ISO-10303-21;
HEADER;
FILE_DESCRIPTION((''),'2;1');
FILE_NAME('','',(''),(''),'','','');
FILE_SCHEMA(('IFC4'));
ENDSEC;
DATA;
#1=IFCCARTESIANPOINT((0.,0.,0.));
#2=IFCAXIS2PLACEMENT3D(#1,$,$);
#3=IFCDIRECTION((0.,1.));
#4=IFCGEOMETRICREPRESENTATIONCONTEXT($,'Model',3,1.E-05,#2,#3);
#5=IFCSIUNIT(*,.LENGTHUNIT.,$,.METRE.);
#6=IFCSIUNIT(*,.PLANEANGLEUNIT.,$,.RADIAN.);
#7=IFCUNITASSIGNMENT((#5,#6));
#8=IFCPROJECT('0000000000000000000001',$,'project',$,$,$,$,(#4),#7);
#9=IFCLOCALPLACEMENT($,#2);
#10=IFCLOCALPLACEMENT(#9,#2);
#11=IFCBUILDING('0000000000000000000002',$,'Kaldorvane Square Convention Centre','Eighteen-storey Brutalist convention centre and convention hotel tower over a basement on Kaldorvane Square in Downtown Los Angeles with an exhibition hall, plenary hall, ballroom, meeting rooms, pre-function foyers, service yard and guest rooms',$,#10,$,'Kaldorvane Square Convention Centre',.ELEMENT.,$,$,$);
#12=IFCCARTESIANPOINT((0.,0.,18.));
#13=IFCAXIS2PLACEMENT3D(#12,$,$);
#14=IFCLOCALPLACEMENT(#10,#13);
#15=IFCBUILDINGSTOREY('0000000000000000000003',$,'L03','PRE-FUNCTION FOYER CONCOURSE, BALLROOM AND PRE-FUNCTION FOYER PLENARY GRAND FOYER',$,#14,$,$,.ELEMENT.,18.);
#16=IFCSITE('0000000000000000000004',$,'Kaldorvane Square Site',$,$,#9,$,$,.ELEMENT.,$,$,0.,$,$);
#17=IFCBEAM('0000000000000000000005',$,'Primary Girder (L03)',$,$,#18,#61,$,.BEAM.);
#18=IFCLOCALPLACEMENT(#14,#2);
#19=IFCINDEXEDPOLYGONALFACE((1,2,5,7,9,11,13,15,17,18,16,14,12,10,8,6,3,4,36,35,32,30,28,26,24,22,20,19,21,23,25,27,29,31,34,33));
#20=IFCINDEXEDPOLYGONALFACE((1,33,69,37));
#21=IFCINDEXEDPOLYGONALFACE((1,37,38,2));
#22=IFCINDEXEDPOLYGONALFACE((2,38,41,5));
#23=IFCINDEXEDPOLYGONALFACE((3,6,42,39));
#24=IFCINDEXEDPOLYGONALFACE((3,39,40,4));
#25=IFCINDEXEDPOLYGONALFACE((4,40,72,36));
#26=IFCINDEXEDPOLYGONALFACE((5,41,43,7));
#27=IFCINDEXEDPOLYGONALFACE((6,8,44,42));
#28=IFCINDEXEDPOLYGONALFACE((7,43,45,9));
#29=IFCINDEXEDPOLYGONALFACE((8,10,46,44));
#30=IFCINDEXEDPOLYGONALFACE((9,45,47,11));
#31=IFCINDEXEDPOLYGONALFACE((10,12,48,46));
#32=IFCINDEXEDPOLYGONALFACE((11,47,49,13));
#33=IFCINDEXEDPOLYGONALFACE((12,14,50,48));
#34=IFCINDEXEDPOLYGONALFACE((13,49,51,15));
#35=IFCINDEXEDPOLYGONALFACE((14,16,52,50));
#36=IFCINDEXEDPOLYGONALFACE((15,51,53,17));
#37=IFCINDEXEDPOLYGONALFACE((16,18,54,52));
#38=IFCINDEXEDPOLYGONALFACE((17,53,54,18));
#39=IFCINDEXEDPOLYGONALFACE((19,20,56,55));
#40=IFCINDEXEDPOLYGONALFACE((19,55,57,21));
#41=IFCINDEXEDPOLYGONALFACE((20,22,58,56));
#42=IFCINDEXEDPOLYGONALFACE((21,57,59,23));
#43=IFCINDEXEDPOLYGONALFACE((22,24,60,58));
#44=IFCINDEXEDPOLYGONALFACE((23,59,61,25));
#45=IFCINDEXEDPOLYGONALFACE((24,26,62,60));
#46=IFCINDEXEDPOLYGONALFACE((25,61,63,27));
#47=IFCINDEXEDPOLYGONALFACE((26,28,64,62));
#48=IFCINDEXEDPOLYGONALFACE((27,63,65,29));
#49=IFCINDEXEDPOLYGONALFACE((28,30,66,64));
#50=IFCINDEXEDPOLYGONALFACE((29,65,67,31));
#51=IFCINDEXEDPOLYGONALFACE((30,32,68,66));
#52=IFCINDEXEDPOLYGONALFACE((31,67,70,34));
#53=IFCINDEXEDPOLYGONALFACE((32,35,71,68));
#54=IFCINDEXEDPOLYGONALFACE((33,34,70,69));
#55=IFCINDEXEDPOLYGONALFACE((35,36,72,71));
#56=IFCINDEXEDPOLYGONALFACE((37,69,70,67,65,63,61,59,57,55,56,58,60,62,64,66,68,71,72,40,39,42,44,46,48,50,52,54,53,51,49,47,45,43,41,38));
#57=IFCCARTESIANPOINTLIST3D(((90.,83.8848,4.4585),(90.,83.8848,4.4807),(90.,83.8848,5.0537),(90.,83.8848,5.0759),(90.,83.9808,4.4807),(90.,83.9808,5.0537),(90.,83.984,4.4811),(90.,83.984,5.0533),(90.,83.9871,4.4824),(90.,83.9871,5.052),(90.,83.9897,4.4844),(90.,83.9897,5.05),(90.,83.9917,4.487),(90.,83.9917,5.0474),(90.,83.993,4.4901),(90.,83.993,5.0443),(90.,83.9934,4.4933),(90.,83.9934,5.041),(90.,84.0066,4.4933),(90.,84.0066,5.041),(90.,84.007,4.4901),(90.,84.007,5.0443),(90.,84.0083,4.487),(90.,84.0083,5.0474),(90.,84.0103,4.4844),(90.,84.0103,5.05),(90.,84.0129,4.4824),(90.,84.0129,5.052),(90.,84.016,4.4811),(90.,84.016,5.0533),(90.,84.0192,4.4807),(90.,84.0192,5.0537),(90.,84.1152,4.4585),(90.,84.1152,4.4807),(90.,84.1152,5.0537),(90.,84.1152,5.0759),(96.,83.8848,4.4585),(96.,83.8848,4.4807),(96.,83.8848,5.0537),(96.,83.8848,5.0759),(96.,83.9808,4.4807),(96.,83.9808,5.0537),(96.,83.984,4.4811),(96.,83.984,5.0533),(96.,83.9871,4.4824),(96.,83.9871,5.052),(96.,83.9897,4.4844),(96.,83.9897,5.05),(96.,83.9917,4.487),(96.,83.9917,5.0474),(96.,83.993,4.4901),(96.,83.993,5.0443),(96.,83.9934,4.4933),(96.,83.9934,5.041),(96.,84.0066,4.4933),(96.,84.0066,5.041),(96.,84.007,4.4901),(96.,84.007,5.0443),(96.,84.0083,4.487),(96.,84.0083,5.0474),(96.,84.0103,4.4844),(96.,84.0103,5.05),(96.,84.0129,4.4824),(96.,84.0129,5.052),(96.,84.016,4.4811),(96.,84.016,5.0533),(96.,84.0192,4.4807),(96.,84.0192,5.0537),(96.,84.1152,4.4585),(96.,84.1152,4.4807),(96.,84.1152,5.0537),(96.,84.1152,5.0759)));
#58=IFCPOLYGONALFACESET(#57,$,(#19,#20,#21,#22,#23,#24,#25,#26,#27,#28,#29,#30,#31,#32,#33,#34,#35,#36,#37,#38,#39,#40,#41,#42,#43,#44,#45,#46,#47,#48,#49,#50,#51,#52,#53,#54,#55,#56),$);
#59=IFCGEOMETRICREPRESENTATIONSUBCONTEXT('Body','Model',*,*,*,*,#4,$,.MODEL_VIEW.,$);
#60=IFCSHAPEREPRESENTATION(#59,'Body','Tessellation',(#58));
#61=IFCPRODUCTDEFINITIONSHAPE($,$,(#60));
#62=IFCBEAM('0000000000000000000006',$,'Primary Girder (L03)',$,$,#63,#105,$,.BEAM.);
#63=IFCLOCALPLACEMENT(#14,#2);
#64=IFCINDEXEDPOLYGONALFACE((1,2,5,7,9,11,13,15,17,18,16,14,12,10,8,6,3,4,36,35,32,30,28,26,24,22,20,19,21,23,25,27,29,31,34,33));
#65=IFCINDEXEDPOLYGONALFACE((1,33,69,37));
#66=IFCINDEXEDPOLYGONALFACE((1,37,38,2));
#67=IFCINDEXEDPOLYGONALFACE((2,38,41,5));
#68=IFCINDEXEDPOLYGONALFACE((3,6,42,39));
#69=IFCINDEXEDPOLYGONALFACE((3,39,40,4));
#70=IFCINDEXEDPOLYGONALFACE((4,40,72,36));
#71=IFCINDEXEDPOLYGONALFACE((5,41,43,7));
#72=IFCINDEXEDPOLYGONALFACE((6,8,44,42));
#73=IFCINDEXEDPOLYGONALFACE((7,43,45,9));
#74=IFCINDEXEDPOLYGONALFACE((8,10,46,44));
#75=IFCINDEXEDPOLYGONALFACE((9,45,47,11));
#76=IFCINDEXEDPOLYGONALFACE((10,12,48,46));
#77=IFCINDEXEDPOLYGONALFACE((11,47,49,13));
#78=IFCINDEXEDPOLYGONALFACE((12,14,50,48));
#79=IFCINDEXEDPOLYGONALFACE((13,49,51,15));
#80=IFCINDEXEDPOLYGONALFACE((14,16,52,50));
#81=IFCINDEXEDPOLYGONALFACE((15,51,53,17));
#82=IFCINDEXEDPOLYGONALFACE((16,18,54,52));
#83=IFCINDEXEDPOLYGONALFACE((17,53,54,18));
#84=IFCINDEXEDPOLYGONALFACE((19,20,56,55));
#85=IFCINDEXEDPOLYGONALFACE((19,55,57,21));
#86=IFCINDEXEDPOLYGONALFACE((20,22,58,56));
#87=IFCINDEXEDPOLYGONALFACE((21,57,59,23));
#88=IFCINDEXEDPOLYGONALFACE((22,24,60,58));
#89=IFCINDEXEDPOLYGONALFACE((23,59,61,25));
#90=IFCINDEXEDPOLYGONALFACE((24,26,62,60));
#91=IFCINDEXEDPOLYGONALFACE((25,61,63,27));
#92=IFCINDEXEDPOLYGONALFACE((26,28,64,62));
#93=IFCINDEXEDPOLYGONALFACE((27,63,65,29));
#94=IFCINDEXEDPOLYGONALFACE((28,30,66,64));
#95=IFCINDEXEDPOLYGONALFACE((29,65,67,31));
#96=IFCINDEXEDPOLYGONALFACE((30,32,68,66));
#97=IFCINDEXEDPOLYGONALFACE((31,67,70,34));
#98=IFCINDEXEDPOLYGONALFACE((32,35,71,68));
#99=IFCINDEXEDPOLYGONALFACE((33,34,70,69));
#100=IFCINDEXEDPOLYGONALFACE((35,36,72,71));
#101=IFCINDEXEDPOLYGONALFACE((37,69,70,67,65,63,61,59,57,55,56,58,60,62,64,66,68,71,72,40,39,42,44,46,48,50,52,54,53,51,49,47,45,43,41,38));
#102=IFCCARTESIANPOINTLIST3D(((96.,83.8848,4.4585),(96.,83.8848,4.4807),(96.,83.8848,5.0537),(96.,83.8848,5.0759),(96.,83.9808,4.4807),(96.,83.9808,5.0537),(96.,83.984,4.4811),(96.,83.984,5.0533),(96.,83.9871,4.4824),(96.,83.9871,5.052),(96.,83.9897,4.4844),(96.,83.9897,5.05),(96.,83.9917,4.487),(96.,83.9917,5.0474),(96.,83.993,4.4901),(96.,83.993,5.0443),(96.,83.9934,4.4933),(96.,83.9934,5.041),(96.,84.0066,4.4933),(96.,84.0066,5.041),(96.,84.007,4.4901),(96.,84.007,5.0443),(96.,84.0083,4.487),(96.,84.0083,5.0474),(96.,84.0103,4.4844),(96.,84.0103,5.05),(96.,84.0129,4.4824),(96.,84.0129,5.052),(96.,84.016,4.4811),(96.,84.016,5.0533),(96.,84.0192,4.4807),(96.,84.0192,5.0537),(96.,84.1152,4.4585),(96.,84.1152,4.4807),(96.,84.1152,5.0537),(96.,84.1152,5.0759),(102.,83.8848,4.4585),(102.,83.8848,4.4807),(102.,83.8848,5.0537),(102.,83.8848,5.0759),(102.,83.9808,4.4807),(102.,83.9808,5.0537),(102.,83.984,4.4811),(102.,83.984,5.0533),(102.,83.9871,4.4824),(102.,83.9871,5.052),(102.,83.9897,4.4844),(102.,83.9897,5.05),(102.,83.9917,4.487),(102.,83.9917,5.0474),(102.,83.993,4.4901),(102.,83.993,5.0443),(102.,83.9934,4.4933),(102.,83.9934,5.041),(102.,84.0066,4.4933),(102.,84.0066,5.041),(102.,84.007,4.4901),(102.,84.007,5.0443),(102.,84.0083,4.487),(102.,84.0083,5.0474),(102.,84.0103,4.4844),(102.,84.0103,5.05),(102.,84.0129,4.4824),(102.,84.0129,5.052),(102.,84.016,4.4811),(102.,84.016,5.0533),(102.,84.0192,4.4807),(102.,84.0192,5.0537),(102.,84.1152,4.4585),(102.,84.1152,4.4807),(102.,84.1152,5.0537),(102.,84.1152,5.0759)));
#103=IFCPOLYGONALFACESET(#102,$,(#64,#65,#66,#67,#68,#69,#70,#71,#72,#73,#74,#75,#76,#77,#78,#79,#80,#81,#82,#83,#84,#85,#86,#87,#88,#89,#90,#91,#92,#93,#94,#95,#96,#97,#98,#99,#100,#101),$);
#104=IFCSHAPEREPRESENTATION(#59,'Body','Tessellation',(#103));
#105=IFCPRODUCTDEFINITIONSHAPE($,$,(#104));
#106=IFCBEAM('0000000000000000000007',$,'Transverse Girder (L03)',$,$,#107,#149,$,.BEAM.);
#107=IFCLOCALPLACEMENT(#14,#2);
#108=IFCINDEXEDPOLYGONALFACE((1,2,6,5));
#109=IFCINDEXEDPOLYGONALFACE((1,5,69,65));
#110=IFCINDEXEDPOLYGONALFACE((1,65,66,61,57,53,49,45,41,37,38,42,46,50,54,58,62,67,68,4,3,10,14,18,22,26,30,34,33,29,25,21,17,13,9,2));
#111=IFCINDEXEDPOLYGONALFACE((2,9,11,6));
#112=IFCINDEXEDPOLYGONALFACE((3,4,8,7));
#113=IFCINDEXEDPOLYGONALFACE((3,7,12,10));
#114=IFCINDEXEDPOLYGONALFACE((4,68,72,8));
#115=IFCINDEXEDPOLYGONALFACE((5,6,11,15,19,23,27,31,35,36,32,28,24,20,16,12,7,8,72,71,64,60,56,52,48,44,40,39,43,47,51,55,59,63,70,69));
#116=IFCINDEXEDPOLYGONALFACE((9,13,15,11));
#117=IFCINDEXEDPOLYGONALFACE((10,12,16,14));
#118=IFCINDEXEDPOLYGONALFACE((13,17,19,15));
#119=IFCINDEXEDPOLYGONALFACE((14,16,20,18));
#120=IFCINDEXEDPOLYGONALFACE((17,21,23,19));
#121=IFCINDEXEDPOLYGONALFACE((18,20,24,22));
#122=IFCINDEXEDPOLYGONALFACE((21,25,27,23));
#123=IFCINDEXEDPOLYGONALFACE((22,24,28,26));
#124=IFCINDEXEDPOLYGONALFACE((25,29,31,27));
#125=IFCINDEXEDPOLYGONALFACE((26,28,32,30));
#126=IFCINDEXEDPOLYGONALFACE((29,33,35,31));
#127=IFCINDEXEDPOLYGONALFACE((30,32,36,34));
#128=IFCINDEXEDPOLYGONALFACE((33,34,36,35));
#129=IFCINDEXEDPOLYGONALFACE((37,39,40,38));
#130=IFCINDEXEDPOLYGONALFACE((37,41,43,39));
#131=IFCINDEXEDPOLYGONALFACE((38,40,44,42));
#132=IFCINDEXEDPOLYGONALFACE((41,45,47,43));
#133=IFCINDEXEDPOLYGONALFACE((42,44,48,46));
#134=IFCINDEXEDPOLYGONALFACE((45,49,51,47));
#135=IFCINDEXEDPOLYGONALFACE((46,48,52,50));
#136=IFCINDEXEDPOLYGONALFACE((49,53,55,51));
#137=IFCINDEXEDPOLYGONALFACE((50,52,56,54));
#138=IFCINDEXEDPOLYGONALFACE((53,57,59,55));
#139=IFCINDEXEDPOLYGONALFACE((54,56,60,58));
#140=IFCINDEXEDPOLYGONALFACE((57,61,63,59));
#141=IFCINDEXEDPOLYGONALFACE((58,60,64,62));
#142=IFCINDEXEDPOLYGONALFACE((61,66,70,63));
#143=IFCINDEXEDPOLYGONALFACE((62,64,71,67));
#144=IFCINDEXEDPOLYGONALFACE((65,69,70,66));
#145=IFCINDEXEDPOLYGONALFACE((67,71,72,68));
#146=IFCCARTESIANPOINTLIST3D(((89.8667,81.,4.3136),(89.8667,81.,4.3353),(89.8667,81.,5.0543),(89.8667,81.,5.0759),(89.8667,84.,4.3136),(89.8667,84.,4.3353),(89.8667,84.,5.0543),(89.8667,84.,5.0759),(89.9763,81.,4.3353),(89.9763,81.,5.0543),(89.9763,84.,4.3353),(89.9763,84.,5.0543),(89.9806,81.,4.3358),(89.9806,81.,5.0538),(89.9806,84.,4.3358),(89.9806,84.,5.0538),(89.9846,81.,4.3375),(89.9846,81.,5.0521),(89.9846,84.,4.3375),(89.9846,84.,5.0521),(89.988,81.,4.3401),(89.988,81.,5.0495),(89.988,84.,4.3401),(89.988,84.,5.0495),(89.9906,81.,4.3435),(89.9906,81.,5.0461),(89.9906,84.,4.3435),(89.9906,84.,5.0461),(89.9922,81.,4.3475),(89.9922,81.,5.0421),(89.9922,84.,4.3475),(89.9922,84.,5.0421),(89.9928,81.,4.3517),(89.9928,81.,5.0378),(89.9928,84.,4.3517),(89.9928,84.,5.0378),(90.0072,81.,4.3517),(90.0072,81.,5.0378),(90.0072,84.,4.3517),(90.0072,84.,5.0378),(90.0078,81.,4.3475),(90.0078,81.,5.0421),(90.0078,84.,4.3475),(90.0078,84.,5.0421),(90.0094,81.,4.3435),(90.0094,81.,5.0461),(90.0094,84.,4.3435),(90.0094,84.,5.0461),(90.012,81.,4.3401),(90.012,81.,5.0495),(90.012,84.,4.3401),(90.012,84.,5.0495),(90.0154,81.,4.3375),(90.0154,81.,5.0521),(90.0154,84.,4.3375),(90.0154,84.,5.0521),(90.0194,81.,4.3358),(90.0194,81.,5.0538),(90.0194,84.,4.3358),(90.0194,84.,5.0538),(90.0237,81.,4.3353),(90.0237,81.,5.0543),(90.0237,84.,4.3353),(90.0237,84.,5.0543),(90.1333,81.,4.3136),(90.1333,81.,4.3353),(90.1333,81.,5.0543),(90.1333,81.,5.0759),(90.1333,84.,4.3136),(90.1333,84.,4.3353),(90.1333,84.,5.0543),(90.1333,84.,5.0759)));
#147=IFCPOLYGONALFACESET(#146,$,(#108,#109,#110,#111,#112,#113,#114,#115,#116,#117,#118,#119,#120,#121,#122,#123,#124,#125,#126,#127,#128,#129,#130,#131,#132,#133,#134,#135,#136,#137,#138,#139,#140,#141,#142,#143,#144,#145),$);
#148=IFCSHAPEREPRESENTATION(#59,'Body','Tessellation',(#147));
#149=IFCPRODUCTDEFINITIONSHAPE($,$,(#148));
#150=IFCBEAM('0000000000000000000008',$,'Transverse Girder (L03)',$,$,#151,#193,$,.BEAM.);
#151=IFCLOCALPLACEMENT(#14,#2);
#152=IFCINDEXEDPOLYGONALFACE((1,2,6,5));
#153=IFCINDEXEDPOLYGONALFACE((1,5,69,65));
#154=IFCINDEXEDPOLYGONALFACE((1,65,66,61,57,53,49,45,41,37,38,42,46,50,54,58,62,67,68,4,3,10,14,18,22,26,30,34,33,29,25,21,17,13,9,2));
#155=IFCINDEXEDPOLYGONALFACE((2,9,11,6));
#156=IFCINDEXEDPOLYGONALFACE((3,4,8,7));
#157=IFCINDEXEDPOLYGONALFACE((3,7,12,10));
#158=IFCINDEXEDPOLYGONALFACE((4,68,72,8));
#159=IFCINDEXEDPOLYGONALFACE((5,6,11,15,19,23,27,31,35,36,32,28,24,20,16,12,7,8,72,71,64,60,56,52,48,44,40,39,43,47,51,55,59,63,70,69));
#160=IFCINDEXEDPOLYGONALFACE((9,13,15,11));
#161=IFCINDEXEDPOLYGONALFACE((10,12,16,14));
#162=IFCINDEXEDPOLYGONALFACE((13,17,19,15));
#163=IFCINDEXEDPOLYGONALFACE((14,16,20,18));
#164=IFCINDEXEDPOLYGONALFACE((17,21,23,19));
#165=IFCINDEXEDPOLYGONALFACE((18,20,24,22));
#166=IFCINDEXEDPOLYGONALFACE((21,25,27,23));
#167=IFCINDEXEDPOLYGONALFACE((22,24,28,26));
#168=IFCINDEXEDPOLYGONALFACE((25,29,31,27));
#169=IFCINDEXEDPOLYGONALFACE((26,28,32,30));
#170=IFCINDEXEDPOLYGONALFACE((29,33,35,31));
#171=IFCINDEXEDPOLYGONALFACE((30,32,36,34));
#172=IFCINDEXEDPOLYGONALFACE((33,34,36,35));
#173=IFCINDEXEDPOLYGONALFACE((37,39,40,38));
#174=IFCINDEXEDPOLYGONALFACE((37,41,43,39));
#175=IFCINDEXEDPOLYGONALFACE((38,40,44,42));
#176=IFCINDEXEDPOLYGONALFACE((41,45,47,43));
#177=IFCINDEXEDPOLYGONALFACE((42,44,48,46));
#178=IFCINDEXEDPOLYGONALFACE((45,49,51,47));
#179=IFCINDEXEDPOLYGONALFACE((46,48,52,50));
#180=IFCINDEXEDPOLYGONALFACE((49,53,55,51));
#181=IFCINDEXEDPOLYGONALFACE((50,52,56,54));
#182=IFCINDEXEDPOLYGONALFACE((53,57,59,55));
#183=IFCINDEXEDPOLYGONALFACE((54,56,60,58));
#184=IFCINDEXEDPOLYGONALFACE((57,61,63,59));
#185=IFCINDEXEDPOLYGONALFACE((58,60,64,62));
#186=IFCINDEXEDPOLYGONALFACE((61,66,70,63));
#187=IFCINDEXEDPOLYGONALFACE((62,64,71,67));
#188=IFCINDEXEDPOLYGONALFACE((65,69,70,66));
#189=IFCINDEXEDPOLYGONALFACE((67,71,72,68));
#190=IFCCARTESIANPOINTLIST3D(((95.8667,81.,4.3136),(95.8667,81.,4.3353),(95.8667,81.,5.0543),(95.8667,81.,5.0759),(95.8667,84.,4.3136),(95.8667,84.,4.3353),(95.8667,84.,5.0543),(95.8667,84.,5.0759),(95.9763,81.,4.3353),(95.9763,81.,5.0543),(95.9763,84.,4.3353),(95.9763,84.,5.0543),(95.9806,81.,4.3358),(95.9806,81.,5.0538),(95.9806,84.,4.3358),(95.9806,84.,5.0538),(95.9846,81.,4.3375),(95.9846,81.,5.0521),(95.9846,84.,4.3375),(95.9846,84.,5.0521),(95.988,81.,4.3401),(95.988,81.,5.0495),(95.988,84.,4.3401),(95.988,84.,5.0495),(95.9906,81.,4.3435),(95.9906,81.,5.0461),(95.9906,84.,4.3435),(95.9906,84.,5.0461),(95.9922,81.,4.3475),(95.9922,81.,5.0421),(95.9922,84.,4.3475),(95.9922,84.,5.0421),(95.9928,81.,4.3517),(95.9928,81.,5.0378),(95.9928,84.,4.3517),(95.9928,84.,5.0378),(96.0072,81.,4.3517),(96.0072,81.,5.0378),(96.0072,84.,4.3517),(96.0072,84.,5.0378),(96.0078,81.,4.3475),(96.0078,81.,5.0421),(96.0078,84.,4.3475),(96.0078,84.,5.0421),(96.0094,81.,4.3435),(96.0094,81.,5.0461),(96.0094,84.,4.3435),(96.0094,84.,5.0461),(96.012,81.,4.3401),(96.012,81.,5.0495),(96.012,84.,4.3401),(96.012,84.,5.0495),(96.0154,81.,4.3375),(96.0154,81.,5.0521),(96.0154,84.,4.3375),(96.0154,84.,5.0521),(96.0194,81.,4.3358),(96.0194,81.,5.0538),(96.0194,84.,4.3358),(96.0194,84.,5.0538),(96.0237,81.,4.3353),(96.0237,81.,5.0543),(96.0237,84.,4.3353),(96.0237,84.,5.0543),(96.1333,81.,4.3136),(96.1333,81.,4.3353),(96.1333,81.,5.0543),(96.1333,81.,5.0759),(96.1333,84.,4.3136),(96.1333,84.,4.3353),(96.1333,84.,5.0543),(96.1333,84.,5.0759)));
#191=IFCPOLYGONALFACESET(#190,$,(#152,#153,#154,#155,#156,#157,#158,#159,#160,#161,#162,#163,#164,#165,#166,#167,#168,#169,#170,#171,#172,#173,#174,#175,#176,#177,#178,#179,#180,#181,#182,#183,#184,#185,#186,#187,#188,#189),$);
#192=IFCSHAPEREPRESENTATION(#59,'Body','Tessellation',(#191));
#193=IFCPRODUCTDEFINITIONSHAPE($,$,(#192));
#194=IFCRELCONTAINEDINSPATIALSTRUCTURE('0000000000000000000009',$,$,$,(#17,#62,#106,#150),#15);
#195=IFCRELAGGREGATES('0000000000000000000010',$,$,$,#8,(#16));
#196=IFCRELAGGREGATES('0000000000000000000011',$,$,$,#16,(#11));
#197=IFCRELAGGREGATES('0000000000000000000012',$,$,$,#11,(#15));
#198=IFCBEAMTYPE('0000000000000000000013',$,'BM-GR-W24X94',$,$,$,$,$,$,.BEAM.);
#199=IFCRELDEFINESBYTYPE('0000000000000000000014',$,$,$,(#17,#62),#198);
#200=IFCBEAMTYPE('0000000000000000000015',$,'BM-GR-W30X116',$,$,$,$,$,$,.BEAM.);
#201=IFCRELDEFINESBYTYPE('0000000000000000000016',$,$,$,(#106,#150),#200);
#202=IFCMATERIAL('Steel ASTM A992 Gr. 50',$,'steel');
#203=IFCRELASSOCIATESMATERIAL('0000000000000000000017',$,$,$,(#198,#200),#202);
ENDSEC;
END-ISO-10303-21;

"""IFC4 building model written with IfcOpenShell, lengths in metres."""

from ifc_helpers import new_model, si_unit, direction, frame, origin, origin_2d, place, context, subcontext, project, spatial, i_section, extrude, material, material_profile, profile_set, type_object, element, save


model = new_model("IFC4")

# Units and contexts
model_context = context("Model", 3, precision=1e-05, world=origin(), true_north=direction((0.0, 1.0)))
body_context = subcontext(model_context, "Body", "Model", "MODEL_VIEW")
ifc_project = project(units=[si_unit("LENGTHUNIT", "METRE"), si_unit("PLANEANGLEUNIT", "RADIAN")], contexts=[model_context])

# Site, building, storey
site_placement = place(None, origin())
site = spatial("IfcSite", under=ifc_project, at=site_placement, Name="Kaldorvane Square Site", CompositionType="ELEMENT", RefElevation=0.0)
building_placement = place(site_placement, origin())
building = spatial("IfcBuilding", under=site, at=building_placement, Name="Kaldorvane Square Convention Centre", Description="Eighteen-storey Brutalist convention centre and convention hotel tower over a basement on Kaldorvane Square in Downtown Los Angeles with an exhibition hall, plenary hall, ballroom, meeting rooms, pre-function foyers, service yard and guest rooms", LongName="Kaldorvane Square Convention Centre", CompositionType="ELEMENT")
storey_placement = place(building_placement, frame((0.0, 0.0, 18.0)))
storey = spatial("IfcBuildingStorey", under=building, at=storey_placement, Name="L03", Description="PRE-FUNCTION FOYER CONCOURSE, BALLROOM AND PRE-FUNCTION FOYER PLENARY GRAND FOYER", CompositionType="ELEMENT", Elevation=18.0)

# Shared definitions
ifc_material_1 = material(Name="Steel ASTM A992 Gr. 50", Category="steel")

# Beams
ifc_material_profile_1 = material_profile(ifc_material_1, i_section(OverallWidth=0.2303, OverallDepth=0.6175, WebThickness=0.0131, FlangeThickness=0.0222, FilletRadius=0.0127, at=origin_2d()), Name="W24X94")
ifc_profile_set_1 = profile_set([ifc_material_profile_1], Name="Steel ASTM A992 Gr. 50")
beam_type_1 = type_object("IfcBeamType", Name="BM-GR-W24X94", PredefinedType="BEAM", material=ifc_profile_set_1)
for number, where, z_axis, x_axis, name in (
    (1, (90.0, 84.0, 4.7672), (1.0, 0.0, 0.0), (0.0, 1.0, 0.0), "Primary Girder (L03)"),
    (2, (96.0, 84.0, 4.7672), (1.0, 0.0, 0.0), (0.0, 1.0, 0.0), "Primary Girder (L03)"),
):
    element("IfcBeam", number, at=place(storey_placement, frame(where, z_axis=z_axis, x_axis=x_axis)), inside=storey, type_object=beam_type_1, Name=name, PredefinedType="BEAM", context=body_context, shape_type="SweptSolid", body=[
        extrude(i_section(OverallWidth=0.2303, OverallDepth=0.6175, WebThickness=0.0131, FlangeThickness=0.0222, FilletRadius=0.0127, at=origin_2d()), origin(), (0.0, 0.0, 1.0), 6.0),
    ])
ifc_material_profile_2 = material_profile(ifc_material_1, i_section(OverallWidth=0.2666, OverallDepth=0.7623, WebThickness=0.0144, FlangeThickness=0.0216, FilletRadius=0.0165, at=origin_2d()), Name="W30X116")
ifc_profile_set_2 = profile_set([ifc_material_profile_2], Name="Steel ASTM A992 Gr. 50")
beam_type_2 = type_object("IfcBeamType", Name="BM-GR-W30X116", PredefinedType="BEAM", material=ifc_profile_set_2)
for number, where, z_axis, x_axis, name in (
    (3, (90.0, 81.0, 4.6948), (0.0, 1.0, 0.0), (-1.0, 0.0, 0.0), "Transverse Girder (L03)"),
    (4, (96.0, 81.0, 4.6948), (0.0, 1.0, 0.0), (-1.0, 0.0, 0.0), "Transverse Girder (L03)"),
):
    element("IfcBeam", number, at=place(storey_placement, frame(where, z_axis=z_axis, x_axis=x_axis)), inside=storey, type_object=beam_type_2, Name=name, PredefinedType="BEAM", context=body_context, shape_type="SweptSolid", body=[
        extrude(i_section(OverallWidth=0.2666, OverallDepth=0.7623, WebThickness=0.0144, FlangeThickness=0.0216, FilletRadius=0.0165, at=origin_2d()), origin(), (0.0, 0.0, 1.0), 3.0),
    ])

save(model, "model.ifc")
